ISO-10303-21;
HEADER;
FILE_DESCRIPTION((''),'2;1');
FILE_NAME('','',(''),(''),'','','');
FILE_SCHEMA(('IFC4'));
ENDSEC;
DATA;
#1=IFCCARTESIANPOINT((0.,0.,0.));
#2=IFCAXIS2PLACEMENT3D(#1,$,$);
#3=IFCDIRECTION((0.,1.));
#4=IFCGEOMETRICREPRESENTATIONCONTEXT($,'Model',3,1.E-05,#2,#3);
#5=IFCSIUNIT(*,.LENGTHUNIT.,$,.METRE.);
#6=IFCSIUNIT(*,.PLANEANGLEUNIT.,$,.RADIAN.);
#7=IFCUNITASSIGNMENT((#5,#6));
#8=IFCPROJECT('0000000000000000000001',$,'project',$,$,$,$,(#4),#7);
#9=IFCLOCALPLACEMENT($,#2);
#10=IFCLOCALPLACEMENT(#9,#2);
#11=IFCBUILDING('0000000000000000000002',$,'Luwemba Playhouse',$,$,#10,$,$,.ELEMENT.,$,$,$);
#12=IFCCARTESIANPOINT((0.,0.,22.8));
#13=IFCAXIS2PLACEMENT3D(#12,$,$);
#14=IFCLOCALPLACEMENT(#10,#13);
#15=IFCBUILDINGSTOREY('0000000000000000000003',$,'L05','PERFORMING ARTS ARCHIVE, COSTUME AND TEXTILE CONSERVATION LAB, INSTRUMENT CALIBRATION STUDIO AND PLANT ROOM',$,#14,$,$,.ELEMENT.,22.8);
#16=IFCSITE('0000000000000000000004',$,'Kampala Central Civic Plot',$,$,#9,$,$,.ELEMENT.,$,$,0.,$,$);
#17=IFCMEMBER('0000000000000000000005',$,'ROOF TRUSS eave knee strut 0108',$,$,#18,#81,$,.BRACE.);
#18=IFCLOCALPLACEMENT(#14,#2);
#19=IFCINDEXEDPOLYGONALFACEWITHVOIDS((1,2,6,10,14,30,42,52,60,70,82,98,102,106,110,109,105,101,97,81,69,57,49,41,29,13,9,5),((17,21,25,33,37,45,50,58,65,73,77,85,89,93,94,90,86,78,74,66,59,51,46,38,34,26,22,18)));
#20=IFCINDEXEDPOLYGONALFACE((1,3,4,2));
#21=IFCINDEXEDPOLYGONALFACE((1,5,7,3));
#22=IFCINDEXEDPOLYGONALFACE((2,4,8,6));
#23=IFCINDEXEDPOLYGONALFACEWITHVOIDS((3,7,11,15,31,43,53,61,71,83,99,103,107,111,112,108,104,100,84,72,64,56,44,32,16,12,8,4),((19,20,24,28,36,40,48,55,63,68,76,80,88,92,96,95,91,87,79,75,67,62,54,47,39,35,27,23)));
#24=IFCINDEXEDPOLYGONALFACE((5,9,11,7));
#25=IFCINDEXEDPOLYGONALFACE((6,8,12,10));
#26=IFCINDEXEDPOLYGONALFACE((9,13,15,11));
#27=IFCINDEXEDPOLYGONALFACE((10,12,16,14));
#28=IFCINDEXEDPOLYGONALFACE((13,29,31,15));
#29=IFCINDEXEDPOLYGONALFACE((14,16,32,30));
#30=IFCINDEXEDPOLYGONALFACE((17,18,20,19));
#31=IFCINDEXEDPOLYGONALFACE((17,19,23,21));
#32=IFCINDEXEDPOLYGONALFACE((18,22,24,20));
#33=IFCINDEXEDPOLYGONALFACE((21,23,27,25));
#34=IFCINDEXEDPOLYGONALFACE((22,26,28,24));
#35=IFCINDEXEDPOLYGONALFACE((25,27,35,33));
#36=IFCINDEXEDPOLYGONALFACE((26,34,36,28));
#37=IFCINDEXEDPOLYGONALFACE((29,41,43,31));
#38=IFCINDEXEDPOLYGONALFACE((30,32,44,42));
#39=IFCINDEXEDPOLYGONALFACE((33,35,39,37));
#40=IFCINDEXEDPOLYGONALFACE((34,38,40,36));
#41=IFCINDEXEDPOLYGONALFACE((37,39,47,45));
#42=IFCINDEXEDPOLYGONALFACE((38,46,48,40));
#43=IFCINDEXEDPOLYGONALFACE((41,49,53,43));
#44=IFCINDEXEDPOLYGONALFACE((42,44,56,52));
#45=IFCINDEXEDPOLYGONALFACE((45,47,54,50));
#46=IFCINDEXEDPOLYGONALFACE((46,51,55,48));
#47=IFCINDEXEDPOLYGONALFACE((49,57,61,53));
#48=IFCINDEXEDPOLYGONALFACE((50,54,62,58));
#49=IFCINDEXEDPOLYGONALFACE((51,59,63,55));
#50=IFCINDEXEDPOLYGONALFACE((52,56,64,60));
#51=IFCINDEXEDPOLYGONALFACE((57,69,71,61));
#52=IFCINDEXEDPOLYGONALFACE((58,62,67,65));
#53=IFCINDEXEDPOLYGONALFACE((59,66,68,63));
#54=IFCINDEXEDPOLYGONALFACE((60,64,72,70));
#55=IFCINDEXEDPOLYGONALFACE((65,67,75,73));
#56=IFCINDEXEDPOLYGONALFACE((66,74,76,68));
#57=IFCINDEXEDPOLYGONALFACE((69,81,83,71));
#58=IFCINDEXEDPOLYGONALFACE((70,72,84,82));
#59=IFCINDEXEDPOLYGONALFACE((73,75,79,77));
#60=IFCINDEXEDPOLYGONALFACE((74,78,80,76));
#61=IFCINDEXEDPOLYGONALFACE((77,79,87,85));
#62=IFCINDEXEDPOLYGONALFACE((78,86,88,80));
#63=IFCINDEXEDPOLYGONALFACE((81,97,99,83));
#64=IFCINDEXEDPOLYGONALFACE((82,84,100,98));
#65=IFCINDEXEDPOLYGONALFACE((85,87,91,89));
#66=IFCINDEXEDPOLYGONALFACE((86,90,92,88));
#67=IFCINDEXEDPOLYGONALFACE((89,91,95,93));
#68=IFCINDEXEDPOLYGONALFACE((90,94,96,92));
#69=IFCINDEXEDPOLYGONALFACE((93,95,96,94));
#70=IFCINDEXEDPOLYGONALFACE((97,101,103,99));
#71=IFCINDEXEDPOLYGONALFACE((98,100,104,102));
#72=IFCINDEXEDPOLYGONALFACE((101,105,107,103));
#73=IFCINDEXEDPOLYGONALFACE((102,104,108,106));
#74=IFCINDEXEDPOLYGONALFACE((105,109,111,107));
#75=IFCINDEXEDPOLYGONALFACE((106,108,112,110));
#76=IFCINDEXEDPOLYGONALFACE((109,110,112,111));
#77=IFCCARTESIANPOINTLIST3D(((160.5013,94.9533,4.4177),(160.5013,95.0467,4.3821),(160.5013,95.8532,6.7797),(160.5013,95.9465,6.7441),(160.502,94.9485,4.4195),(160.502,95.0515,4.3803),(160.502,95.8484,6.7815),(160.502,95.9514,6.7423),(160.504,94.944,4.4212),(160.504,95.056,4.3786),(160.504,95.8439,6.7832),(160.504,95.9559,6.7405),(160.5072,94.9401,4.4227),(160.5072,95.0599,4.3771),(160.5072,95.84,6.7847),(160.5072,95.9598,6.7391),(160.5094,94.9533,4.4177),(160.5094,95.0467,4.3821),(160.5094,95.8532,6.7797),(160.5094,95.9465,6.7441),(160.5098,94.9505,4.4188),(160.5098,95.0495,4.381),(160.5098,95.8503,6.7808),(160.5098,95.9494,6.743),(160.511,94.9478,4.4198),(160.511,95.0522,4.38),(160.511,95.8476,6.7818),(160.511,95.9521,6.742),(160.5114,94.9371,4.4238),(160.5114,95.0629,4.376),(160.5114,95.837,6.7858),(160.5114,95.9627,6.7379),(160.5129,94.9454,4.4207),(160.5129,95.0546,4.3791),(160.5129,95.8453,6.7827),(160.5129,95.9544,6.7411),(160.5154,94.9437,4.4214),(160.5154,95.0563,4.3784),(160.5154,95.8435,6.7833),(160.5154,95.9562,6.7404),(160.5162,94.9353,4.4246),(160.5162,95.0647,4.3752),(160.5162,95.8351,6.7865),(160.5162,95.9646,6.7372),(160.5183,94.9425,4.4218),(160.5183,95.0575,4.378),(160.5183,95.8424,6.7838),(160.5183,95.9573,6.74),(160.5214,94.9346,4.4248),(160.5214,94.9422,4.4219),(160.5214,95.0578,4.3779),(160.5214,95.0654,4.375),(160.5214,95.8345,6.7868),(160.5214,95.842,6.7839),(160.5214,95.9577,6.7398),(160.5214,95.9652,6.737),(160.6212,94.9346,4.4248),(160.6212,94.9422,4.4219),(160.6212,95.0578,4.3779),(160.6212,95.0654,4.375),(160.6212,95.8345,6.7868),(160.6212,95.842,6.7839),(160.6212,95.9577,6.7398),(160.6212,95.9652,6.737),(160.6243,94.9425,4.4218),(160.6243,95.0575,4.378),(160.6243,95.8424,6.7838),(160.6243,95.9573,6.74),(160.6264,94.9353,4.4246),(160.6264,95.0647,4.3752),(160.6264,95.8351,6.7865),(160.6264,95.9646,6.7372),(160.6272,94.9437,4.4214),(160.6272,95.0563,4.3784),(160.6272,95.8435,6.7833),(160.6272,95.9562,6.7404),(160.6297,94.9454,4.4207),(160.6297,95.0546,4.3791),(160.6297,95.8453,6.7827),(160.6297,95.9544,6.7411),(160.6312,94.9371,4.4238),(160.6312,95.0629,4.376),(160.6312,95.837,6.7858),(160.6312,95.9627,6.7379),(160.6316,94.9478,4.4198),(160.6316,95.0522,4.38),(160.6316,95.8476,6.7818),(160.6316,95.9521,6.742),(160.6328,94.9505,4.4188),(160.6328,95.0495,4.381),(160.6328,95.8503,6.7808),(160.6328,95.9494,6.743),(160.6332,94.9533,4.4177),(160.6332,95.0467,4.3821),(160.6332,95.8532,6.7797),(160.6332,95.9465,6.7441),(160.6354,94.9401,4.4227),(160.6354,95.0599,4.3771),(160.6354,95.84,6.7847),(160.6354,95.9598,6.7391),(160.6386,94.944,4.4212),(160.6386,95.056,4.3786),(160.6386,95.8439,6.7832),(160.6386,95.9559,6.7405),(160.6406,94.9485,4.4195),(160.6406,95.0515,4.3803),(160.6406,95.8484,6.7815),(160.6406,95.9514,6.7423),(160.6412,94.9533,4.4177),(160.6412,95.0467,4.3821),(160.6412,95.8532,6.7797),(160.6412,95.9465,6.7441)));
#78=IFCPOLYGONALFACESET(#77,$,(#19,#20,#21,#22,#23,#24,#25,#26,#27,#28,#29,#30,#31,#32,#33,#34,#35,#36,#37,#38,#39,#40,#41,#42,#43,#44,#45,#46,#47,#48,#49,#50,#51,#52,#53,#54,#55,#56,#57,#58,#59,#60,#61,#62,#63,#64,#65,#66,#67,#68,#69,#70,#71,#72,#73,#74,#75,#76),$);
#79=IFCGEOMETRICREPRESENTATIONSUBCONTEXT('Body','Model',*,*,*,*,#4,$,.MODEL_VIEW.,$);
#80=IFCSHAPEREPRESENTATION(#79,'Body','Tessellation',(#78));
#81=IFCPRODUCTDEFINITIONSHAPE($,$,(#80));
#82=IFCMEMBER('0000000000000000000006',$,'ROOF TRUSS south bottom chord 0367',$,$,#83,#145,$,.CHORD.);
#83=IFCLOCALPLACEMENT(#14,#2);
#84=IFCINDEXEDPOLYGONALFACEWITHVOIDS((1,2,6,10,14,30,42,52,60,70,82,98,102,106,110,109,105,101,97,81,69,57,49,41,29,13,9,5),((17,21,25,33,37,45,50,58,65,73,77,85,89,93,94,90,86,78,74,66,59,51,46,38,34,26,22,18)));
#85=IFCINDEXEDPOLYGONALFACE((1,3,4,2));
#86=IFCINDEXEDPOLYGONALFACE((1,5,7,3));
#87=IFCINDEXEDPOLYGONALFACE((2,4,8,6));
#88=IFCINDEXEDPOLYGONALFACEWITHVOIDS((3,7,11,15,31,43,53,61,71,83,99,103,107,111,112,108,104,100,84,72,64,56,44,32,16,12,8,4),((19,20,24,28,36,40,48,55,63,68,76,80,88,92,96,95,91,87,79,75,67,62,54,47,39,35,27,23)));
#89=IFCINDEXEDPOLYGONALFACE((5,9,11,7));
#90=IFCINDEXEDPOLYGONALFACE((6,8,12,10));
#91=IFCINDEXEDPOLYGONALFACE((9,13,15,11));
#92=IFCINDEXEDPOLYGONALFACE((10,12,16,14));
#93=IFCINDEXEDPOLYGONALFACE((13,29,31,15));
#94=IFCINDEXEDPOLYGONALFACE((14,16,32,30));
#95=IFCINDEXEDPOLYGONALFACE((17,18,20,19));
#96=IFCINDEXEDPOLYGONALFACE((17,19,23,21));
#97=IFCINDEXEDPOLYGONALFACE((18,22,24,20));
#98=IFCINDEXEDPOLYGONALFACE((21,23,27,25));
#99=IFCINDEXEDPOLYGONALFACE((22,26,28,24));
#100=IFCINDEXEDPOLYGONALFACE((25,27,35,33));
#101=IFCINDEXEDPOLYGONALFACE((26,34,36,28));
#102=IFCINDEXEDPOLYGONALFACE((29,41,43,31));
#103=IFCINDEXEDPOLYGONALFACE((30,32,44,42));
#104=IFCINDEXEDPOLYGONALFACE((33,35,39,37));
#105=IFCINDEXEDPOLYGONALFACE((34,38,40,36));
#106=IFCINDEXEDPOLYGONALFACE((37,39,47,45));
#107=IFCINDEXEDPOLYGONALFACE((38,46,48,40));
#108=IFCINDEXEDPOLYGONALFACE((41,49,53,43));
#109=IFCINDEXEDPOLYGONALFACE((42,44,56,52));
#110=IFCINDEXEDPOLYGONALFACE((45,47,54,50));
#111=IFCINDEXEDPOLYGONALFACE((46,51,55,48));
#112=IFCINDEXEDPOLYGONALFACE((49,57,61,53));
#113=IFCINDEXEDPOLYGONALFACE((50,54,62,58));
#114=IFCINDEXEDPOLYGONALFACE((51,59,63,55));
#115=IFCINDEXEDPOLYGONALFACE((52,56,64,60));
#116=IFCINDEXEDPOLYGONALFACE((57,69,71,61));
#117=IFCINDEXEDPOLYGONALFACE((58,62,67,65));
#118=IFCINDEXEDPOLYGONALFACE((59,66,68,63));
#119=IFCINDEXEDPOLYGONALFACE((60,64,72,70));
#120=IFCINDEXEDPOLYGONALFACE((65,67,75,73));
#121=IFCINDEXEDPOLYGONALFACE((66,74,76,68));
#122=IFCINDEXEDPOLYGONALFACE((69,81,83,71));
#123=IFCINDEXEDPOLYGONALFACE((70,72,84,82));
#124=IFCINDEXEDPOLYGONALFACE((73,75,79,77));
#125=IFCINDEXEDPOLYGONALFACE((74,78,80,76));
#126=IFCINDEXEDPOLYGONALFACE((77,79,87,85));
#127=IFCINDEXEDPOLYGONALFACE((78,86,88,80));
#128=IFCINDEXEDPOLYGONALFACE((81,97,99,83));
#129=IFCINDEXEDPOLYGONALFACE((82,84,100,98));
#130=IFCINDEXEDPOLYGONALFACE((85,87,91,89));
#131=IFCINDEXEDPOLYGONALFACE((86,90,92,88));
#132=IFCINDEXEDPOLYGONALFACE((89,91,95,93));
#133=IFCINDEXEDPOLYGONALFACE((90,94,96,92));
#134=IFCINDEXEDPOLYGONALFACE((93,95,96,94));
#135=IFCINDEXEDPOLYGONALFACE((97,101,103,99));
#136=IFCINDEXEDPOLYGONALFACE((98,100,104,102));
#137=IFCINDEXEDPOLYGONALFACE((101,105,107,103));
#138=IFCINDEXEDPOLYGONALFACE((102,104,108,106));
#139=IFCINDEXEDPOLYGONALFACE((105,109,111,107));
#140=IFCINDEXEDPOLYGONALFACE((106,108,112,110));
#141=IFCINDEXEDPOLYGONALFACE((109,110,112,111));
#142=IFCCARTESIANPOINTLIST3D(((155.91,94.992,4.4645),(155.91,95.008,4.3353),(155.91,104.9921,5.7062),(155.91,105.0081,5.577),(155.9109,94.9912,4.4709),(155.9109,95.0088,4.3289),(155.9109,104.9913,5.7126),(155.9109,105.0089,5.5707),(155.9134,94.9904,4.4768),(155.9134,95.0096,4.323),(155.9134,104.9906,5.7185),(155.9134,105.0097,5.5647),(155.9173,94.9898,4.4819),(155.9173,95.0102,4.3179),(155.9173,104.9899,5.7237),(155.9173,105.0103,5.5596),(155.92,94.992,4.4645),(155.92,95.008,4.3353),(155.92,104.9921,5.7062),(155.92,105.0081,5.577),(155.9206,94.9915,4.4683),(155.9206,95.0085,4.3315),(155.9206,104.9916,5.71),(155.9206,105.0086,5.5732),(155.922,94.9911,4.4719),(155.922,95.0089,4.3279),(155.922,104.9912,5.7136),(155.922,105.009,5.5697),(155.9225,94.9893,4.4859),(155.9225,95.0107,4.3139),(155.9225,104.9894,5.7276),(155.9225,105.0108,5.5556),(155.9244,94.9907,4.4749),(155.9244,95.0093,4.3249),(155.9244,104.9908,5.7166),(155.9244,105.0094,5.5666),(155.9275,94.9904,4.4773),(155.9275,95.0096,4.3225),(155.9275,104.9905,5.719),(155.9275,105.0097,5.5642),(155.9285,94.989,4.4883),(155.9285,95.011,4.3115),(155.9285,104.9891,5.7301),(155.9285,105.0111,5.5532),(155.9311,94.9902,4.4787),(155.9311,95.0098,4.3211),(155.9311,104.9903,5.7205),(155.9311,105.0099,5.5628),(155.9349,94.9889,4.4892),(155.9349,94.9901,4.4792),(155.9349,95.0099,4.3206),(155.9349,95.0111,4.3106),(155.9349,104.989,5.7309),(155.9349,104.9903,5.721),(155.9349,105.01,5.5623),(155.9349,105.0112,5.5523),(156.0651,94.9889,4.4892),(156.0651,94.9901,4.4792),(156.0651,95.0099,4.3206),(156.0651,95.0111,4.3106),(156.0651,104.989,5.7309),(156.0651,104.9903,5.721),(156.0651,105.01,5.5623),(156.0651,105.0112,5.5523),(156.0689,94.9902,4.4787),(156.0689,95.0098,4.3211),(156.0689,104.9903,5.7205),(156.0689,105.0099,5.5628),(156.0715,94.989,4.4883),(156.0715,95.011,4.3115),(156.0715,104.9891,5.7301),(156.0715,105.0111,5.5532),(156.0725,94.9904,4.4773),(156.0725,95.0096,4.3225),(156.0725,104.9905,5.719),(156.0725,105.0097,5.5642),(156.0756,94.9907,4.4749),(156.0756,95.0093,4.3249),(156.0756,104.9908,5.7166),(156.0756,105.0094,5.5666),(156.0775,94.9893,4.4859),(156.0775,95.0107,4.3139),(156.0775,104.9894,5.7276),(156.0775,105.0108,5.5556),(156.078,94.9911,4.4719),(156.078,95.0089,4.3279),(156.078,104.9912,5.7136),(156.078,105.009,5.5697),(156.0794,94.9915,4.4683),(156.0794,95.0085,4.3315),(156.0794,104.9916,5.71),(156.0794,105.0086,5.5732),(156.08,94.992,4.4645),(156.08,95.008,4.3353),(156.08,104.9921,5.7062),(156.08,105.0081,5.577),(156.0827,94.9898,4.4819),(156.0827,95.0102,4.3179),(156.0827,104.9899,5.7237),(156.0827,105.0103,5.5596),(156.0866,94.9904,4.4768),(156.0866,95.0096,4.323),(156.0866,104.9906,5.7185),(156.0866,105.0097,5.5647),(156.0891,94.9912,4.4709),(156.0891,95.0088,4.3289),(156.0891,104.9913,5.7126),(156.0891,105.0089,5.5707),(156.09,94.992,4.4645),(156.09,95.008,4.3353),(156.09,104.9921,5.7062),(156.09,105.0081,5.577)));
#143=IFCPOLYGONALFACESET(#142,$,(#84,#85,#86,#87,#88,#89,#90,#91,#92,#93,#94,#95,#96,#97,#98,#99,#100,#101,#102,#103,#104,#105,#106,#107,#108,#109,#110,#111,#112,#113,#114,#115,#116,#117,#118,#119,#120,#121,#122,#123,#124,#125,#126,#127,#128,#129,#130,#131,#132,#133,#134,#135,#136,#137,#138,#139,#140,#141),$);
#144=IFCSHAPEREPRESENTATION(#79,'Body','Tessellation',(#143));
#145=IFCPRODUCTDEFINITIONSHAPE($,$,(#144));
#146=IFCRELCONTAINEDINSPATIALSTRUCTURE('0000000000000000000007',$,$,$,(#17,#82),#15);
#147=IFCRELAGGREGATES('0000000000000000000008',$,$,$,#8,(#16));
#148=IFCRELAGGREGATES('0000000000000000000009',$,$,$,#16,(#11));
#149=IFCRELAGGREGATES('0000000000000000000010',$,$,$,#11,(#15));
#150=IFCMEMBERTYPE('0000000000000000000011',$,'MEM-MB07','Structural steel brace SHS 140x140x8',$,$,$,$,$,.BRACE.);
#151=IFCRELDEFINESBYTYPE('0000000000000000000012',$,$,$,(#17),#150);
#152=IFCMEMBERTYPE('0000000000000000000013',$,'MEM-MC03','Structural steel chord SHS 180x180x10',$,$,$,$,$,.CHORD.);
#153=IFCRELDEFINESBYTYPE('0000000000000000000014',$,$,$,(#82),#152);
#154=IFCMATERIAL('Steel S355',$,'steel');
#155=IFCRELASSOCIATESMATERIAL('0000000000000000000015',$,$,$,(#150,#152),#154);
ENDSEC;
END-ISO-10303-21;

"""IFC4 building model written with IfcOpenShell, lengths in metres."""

from ifc_helpers import new_model, si_unit, direction, frame, origin, origin_2d, place, context, subcontext, project, spatial, hollow_rectangle, extrude, material, material_profile, profile_set, type_object, element, save


model = new_model("IFC4")

# Units and contexts
model_context = context("Model", 3, precision=1e-05, world=origin(), true_north=direction((0.0, 1.0)))
body_context = subcontext(model_context, "Body", "Model", "MODEL_VIEW")
ifc_project = project(units=[si_unit("LENGTHUNIT", "METRE"), si_unit("PLANEANGLEUNIT", "RADIAN")], contexts=[model_context])

# Site, building, storey
site_placement = place(None, origin())
site = spatial("IfcSite", under=ifc_project, at=site_placement, Name="Kampala Central Civic Plot", CompositionType="ELEMENT", RefElevation=0.0)
building_placement = place(site_placement, origin())
building = spatial("IfcBuilding", under=site, at=building_placement, Name="Luwemba Playhouse", CompositionType="ELEMENT")
storey_placement = place(building_placement, frame((0.0, 0.0, 22.8)))
storey = spatial("IfcBuildingStorey", under=building, at=storey_placement, Name="L05", Description="PERFORMING ARTS ARCHIVE, COSTUME AND TEXTILE CONSERVATION LAB, INSTRUMENT CALIBRATION STUDIO AND PLANT ROOM", CompositionType="ELEMENT", Elevation=22.8)

# Shared definitions
ifc_material_1 = material(Name="Steel S355", Category="steel")

# Members
ifc_material_profile_1 = material_profile(ifc_material_1, hollow_rectangle(XDim=0.1399, YDim=0.1399, WallThickness=0.0081, InnerFilletRadius=0.012, OuterFilletRadius=0.02, at=origin_2d()))
ifc_profile_set_1 = profile_set([ifc_material_profile_1], Name="Steel S355")
member_type_1 = type_object("IfcMemberType", Name="MEM-MB07", Description="Structural steel brace SHS 140x140x8", PredefinedType="BRACE", material=ifc_profile_set_1)
member_1_placement = place(storey_placement, frame((160.5713, 95.0, 4.3999), z_axis=(0.0, 0.356019, 0.934479), x_axis=(-1.0, 0.0, 0.0)))
element("IfcMember", 1, at=member_1_placement, inside=storey, type_object=member_type_1, Name="ROOF TRUSS eave knee strut 0108", PredefinedType="BRACE", context=body_context, shape_type="SweptSolid", body=[
    extrude(hollow_rectangle(XDim=0.1399, YDim=0.1399, WallThickness=0.0081, InnerFilletRadius=0.012, OuterFilletRadius=0.02, at=origin_2d()), origin(), (0.0, 0.0, 1.0), 2.5276),
])
ifc_material_profile_2 = material_profile(ifc_material_1, hollow_rectangle(XDim=0.1799, YDim=0.1799, WallThickness=0.01, InnerFilletRadius=0.0149, OuterFilletRadius=0.0249, at=origin_2d()))
ifc_profile_set_2 = profile_set([ifc_material_profile_2], Name="Steel S355")
member_type_2 = type_object("IfcMemberType", Name="MEM-MC03", Description="Structural steel chord SHS 180x180x10", PredefinedType="CHORD", material=ifc_profile_set_2)
member_2_placement = place(storey_placement, frame((156.0, 95.0, 4.3999), z_axis=(0.0, 0.992379, 0.123224), x_axis=(-1.0, 0.0, 0.0)))
element("IfcMember", 2, at=member_2_placement, inside=storey, type_object=member_type_2, Name="ROOF TRUSS south bottom chord 0367", PredefinedType="CHORD", context=body_context, shape_type="SweptSolid", body=[
    extrude(hollow_rectangle(XDim=0.1799, YDim=0.1799, WallThickness=0.01, InnerFilletRadius=0.0149, OuterFilletRadius=0.0249, at=origin_2d()), origin(), (0.0, 0.0, 1.0), 10.0769),
])

save(model, "model.ifc")
